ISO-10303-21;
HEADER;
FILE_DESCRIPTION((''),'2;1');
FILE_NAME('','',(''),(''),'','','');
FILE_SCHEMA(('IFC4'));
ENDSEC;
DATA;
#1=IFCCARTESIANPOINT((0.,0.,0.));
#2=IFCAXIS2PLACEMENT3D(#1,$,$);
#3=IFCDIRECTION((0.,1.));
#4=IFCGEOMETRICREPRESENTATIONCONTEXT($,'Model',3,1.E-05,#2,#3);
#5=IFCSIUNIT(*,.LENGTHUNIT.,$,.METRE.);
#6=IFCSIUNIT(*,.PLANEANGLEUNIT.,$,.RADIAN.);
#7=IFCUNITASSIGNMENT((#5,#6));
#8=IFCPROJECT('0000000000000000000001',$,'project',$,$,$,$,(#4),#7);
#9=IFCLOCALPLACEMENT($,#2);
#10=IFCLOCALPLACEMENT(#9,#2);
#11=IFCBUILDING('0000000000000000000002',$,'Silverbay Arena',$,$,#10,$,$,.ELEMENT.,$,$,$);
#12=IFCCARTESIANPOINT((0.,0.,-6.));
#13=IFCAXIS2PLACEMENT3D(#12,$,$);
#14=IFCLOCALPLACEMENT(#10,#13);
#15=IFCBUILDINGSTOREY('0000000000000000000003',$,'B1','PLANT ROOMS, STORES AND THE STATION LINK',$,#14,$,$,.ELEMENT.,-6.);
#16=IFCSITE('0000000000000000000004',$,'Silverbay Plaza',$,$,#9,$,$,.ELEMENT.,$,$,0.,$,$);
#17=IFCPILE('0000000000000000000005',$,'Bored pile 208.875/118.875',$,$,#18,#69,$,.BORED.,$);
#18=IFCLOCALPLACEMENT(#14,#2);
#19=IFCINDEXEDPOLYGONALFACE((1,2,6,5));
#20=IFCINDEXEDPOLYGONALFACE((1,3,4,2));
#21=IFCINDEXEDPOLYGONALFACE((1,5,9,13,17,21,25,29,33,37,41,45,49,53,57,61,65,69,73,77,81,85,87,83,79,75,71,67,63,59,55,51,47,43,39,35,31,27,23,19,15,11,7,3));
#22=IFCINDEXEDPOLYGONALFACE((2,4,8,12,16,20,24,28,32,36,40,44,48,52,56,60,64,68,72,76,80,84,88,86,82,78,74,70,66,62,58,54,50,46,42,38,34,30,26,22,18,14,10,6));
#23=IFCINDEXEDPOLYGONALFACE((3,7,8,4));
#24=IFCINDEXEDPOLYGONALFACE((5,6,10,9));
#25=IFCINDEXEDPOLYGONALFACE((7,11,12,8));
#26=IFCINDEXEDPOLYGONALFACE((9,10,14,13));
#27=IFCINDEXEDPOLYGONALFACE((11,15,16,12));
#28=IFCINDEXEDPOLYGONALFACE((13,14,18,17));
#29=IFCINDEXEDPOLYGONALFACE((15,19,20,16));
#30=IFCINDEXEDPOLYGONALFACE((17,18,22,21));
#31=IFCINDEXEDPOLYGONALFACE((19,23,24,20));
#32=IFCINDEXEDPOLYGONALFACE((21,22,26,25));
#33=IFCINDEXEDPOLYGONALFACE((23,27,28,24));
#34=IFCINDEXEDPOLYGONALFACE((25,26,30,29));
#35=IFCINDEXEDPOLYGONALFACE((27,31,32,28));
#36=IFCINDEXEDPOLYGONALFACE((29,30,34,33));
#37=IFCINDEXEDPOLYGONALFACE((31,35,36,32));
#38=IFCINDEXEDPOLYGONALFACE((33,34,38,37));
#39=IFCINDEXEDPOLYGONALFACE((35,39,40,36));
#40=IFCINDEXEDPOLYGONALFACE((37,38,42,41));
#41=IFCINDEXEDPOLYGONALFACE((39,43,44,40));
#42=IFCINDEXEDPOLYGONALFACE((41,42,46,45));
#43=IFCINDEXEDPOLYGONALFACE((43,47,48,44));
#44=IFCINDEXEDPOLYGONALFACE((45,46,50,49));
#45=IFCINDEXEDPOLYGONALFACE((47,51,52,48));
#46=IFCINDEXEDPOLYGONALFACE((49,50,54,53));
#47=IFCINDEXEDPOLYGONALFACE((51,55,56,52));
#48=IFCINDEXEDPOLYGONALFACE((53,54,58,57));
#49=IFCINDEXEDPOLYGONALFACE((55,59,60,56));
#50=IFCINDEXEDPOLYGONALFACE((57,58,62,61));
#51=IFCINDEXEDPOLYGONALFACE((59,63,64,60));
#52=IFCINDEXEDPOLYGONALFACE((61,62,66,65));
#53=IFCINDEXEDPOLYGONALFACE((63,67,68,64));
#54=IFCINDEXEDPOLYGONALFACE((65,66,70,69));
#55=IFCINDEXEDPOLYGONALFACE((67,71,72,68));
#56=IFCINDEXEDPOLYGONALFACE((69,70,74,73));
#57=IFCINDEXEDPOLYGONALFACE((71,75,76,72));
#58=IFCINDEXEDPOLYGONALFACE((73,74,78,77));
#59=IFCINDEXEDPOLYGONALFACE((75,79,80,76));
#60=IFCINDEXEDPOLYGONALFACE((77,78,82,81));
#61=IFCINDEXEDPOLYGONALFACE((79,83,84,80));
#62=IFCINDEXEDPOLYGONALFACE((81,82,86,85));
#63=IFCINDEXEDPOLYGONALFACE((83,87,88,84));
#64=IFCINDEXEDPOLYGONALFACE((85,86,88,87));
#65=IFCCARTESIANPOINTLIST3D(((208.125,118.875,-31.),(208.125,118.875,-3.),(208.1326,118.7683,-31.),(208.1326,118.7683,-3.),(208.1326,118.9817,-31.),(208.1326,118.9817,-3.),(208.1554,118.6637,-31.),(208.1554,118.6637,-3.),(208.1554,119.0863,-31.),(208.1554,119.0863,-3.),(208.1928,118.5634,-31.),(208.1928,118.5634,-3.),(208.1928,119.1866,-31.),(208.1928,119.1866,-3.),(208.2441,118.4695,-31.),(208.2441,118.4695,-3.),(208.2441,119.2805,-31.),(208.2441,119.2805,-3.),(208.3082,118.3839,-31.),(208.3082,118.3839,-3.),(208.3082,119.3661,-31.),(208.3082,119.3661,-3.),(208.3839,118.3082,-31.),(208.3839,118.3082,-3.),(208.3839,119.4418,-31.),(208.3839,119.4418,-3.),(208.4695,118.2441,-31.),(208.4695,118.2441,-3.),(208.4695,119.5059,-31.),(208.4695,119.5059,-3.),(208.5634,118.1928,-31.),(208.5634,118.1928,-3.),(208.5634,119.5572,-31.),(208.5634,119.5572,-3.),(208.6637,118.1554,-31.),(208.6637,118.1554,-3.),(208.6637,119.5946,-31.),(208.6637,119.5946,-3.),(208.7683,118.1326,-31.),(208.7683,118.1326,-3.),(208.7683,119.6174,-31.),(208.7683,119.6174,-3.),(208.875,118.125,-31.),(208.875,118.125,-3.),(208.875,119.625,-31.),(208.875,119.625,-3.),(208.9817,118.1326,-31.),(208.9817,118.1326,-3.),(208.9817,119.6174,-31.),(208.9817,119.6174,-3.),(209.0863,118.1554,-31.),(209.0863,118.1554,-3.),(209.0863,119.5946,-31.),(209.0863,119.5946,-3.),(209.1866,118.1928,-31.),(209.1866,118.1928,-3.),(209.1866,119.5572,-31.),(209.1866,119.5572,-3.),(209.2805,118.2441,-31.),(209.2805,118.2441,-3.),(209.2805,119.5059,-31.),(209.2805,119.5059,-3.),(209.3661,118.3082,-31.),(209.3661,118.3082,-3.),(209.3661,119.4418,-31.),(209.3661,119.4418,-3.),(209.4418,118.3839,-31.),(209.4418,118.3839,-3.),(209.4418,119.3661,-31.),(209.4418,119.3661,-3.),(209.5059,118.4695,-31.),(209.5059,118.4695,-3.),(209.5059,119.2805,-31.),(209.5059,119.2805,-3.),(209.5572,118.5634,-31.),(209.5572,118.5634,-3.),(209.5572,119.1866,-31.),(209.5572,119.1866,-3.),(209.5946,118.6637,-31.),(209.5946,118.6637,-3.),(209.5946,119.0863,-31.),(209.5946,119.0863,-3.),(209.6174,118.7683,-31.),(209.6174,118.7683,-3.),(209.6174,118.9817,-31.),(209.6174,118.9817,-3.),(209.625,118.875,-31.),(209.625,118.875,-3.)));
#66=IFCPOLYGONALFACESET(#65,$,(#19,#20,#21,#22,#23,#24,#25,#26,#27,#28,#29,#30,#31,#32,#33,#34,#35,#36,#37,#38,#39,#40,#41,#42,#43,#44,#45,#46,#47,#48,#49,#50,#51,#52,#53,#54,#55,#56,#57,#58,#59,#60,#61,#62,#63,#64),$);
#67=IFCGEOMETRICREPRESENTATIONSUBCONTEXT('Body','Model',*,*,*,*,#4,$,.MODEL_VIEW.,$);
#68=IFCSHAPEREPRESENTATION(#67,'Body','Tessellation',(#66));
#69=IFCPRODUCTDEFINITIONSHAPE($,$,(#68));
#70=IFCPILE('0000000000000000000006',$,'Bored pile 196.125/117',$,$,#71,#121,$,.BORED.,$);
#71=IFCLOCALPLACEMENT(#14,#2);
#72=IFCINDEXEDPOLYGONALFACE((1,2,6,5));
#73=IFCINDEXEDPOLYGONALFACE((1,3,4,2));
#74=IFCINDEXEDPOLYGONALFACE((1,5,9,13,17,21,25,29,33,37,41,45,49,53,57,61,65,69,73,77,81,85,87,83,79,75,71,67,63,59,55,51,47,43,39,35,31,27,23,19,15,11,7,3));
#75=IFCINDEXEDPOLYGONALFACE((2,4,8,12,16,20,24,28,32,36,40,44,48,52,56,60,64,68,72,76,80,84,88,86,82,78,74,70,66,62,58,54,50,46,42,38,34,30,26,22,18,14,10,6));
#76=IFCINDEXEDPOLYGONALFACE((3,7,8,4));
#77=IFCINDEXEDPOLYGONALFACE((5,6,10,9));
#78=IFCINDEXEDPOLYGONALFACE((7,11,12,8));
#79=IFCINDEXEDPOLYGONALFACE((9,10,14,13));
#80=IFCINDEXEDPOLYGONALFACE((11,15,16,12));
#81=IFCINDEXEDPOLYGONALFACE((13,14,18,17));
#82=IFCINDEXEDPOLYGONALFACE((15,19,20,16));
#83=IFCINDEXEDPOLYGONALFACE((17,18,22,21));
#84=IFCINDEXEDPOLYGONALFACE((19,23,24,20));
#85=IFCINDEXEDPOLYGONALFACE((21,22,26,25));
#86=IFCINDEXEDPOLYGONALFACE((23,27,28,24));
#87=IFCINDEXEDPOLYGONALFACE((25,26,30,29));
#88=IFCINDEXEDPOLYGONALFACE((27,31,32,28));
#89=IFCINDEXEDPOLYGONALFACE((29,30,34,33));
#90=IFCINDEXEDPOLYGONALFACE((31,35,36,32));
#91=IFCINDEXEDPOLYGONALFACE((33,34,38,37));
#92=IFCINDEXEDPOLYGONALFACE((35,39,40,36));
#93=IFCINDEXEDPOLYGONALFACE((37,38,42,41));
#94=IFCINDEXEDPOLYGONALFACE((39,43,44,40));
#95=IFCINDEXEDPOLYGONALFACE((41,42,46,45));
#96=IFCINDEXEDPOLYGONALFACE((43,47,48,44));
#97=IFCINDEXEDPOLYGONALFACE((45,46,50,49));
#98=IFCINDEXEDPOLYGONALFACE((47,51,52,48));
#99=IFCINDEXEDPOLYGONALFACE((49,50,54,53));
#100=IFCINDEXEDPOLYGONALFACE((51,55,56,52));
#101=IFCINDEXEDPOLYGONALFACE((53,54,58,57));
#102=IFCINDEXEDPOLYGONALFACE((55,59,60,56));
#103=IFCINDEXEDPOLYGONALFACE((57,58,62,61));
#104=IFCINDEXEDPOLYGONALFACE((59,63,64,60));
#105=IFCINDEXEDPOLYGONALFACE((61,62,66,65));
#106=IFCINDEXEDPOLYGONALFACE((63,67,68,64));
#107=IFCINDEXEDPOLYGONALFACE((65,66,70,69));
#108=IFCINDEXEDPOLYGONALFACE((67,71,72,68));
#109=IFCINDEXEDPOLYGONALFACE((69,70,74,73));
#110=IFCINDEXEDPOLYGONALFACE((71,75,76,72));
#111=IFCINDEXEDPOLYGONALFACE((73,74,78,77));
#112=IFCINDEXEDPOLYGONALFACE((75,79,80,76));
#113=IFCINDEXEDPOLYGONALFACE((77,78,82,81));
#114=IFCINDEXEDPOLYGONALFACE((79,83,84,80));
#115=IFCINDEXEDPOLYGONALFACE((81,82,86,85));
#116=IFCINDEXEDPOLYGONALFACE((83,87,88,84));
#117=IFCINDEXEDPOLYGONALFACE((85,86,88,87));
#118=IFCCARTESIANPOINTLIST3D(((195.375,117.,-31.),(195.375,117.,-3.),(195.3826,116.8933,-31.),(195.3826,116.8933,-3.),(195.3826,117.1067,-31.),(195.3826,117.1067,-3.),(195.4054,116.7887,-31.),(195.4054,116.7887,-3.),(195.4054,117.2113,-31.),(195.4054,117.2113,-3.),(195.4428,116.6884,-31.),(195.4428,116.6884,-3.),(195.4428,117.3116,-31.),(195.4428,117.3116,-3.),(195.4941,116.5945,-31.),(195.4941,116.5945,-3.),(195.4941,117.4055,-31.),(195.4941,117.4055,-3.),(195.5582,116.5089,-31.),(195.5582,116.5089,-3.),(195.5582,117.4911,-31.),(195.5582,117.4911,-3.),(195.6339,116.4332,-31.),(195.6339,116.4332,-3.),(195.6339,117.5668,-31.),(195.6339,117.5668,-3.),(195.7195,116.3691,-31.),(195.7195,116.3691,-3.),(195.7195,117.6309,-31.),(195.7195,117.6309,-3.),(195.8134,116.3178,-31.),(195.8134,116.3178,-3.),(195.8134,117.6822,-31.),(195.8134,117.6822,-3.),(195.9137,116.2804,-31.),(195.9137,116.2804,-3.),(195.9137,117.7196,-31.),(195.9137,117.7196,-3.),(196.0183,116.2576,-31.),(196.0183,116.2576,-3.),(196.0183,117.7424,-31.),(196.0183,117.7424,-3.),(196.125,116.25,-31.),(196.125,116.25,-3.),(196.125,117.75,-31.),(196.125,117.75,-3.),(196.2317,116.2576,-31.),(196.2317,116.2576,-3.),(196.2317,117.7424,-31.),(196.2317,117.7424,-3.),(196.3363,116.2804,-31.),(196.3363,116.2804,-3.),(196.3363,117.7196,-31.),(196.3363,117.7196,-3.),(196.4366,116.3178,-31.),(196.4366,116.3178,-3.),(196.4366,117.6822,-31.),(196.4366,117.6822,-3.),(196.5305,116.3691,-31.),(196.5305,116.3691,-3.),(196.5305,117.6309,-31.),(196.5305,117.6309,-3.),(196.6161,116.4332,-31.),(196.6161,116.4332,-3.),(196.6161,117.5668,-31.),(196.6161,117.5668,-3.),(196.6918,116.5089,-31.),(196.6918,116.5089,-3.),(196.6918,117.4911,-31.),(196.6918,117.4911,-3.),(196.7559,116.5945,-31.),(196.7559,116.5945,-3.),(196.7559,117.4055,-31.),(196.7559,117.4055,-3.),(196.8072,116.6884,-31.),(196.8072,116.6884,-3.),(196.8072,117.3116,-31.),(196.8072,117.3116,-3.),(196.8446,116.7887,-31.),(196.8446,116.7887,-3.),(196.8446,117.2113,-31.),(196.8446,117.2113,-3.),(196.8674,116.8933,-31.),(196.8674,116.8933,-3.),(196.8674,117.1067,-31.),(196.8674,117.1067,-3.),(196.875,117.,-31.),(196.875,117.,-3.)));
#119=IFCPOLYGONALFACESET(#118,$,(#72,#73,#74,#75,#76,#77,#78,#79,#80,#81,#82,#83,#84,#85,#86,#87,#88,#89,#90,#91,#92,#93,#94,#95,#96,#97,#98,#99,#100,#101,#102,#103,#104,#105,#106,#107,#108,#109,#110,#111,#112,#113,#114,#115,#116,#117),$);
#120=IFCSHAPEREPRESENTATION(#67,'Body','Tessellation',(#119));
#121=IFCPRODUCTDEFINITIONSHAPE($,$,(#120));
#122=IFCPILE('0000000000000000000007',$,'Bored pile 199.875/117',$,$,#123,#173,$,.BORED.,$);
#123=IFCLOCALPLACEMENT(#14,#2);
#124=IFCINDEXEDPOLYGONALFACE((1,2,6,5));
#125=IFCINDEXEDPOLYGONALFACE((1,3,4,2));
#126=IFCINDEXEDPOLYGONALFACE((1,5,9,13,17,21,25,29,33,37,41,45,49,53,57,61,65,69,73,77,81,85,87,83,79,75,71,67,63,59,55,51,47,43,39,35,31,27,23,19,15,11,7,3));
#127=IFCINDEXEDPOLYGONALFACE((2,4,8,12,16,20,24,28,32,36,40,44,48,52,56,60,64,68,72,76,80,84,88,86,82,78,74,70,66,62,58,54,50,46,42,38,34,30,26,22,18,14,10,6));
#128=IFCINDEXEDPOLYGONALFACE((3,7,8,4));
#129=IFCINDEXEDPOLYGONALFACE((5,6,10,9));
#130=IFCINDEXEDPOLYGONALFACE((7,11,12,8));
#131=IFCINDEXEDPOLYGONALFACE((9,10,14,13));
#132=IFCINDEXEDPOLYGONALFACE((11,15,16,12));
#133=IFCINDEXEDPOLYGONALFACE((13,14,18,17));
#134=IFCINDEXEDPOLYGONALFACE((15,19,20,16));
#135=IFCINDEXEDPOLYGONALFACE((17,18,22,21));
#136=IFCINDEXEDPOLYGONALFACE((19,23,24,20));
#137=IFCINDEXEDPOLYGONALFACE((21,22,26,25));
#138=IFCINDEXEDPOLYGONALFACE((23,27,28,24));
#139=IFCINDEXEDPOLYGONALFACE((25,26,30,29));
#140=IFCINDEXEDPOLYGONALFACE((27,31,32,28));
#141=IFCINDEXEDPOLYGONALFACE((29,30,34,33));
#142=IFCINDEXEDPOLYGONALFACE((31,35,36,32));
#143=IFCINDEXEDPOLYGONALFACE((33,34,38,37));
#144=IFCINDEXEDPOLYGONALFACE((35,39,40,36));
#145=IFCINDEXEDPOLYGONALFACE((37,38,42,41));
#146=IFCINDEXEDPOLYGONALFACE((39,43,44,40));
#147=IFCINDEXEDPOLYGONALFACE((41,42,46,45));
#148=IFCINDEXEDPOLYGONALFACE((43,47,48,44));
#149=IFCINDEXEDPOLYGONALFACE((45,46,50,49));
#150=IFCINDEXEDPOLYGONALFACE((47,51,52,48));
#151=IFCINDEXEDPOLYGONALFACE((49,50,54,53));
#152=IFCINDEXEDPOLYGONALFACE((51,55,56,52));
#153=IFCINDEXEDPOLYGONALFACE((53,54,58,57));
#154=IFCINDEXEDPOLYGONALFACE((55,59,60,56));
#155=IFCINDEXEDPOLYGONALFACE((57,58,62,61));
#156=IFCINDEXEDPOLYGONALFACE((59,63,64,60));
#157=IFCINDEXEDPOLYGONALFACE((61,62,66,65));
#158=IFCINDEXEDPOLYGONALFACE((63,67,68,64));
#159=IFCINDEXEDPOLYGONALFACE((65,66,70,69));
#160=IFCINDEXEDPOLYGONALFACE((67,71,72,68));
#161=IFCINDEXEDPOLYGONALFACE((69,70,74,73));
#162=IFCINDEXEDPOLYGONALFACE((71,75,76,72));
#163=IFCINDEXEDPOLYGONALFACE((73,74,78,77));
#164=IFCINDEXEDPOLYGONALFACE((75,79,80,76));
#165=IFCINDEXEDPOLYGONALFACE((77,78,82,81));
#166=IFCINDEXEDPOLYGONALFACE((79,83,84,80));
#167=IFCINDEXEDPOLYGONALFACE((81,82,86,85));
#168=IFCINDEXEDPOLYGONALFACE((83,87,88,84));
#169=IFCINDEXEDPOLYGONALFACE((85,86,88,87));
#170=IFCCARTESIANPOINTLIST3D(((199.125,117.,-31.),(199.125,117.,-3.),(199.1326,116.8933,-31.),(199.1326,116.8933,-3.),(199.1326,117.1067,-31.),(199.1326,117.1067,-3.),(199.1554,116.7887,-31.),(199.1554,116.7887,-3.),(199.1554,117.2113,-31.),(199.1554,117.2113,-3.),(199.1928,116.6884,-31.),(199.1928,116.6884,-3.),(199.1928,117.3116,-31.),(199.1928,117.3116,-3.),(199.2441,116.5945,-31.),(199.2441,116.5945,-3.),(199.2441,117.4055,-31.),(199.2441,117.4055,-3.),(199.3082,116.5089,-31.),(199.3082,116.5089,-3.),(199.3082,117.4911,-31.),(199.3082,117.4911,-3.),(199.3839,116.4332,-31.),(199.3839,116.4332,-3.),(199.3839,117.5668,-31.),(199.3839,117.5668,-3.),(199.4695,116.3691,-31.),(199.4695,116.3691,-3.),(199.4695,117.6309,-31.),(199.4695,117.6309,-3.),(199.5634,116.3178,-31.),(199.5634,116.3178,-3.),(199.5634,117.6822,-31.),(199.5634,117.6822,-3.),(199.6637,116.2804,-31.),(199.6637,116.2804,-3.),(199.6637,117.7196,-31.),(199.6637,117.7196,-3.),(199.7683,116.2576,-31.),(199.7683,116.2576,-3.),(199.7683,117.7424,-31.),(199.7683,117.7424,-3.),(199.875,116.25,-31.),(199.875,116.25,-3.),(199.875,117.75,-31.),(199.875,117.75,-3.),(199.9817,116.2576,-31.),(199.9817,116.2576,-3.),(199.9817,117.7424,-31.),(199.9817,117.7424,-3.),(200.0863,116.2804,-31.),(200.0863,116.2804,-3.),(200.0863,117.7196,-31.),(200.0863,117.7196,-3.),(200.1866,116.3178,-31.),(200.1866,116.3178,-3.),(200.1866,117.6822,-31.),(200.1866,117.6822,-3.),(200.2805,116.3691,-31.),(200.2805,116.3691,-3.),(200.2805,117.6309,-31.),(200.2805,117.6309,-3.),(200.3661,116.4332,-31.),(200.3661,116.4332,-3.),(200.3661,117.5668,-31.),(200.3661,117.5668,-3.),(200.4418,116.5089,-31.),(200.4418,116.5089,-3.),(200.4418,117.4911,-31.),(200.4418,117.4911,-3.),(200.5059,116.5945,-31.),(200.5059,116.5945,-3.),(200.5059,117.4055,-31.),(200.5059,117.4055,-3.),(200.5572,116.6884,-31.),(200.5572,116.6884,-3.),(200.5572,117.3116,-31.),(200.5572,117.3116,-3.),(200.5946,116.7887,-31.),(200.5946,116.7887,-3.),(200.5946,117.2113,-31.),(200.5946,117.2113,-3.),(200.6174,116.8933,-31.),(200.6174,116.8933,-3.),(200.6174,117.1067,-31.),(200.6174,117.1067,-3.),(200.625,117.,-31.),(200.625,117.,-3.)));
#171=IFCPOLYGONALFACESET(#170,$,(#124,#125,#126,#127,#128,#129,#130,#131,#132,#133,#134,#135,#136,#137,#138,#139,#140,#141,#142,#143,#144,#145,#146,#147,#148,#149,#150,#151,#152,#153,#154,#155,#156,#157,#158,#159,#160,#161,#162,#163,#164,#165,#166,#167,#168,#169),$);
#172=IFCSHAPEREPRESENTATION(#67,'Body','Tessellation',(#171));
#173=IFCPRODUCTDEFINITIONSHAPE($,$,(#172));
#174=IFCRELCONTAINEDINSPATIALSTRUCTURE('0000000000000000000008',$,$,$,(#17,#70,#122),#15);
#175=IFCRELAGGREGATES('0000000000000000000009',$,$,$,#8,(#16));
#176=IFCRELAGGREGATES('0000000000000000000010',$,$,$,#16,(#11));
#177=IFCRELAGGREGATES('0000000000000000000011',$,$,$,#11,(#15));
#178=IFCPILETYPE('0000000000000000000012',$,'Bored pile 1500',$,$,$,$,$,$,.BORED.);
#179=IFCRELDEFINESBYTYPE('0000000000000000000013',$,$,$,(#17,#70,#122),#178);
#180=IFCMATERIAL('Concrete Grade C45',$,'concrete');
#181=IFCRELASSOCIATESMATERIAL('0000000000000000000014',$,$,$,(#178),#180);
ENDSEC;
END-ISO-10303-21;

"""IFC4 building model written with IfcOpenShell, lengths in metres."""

from ifc_helpers import new_model, si_unit, direction, frame, origin, origin_2d, place, context, subcontext, project, spatial, circle, extrude, material, material_profile, profile_set, type_object, element, save


model = new_model("IFC4")

# Units and contexts
model_context = context("Model", 3, precision=1e-05, world=origin(), true_north=direction((0.0, 1.0)))
body_context = subcontext(model_context, "Body", "Model", "MODEL_VIEW")
ifc_project = project(units=[si_unit("LENGTHUNIT", "METRE"), si_unit("PLANEANGLEUNIT", "RADIAN")], contexts=[model_context])

# Site, building, storey
site_placement = place(None, origin())
site = spatial("IfcSite", under=ifc_project, at=site_placement, Name="Silverbay Plaza", CompositionType="ELEMENT", RefElevation=0.0)
building_placement = place(site_placement, origin())
building = spatial("IfcBuilding", under=site, at=building_placement, Name="Silverbay Arena", CompositionType="ELEMENT")
storey_placement = place(building_placement, frame((0.0, 0.0, -6.0)))
storey = spatial("IfcBuildingStorey", under=building, at=storey_placement, Name="B1", Description="PLANT ROOMS, STORES AND THE STATION LINK", CompositionType="ELEMENT", Elevation=-6.0)

# Piles
ifc_material_1 = material(Name="Concrete Grade C45", Category="concrete")
ifc_material_profile_1 = material_profile(ifc_material_1, circle(Radius=0.75, at=origin_2d()), Name="Bored pile 1500")
ifc_profile_set_1 = profile_set([ifc_material_profile_1], Name="Concrete Grade C45")
pile_type_1 = type_object("IfcPileType", Name="Bored pile 1500", PredefinedType="BORED", material=ifc_profile_set_1)
for number, where, z_axis, x_axis, name in (
    (1, (208.875, 118.875, -3.0), (0.0, 0.0, -1.0), (1.0, 0.0, 0.0), "Bored pile 208.875/118.875"),
    (2, (196.125, 117.0, -3.0), (0.0, 0.0, -1.0), (1.0, 0.0, 0.0), "Bored pile 196.125/117"),
    (3, (199.875, 117.0, -3.0), (0.0, 0.0, -1.0), (1.0, 0.0, 0.0), "Bored pile 199.875/117"),
):
    element("IfcPile", number, at=place(storey_placement, frame(where, z_axis=z_axis, x_axis=x_axis)), inside=storey, type_object=pile_type_1, Name=name, PredefinedType="BORED", context=body_context, shape_type="SweptSolid", body=[
        extrude(circle(Radius=0.75, at=origin_2d()), origin(), (0.0, 0.0, 1.0), 28.0),
    ])

save(model, "model.ifc")
